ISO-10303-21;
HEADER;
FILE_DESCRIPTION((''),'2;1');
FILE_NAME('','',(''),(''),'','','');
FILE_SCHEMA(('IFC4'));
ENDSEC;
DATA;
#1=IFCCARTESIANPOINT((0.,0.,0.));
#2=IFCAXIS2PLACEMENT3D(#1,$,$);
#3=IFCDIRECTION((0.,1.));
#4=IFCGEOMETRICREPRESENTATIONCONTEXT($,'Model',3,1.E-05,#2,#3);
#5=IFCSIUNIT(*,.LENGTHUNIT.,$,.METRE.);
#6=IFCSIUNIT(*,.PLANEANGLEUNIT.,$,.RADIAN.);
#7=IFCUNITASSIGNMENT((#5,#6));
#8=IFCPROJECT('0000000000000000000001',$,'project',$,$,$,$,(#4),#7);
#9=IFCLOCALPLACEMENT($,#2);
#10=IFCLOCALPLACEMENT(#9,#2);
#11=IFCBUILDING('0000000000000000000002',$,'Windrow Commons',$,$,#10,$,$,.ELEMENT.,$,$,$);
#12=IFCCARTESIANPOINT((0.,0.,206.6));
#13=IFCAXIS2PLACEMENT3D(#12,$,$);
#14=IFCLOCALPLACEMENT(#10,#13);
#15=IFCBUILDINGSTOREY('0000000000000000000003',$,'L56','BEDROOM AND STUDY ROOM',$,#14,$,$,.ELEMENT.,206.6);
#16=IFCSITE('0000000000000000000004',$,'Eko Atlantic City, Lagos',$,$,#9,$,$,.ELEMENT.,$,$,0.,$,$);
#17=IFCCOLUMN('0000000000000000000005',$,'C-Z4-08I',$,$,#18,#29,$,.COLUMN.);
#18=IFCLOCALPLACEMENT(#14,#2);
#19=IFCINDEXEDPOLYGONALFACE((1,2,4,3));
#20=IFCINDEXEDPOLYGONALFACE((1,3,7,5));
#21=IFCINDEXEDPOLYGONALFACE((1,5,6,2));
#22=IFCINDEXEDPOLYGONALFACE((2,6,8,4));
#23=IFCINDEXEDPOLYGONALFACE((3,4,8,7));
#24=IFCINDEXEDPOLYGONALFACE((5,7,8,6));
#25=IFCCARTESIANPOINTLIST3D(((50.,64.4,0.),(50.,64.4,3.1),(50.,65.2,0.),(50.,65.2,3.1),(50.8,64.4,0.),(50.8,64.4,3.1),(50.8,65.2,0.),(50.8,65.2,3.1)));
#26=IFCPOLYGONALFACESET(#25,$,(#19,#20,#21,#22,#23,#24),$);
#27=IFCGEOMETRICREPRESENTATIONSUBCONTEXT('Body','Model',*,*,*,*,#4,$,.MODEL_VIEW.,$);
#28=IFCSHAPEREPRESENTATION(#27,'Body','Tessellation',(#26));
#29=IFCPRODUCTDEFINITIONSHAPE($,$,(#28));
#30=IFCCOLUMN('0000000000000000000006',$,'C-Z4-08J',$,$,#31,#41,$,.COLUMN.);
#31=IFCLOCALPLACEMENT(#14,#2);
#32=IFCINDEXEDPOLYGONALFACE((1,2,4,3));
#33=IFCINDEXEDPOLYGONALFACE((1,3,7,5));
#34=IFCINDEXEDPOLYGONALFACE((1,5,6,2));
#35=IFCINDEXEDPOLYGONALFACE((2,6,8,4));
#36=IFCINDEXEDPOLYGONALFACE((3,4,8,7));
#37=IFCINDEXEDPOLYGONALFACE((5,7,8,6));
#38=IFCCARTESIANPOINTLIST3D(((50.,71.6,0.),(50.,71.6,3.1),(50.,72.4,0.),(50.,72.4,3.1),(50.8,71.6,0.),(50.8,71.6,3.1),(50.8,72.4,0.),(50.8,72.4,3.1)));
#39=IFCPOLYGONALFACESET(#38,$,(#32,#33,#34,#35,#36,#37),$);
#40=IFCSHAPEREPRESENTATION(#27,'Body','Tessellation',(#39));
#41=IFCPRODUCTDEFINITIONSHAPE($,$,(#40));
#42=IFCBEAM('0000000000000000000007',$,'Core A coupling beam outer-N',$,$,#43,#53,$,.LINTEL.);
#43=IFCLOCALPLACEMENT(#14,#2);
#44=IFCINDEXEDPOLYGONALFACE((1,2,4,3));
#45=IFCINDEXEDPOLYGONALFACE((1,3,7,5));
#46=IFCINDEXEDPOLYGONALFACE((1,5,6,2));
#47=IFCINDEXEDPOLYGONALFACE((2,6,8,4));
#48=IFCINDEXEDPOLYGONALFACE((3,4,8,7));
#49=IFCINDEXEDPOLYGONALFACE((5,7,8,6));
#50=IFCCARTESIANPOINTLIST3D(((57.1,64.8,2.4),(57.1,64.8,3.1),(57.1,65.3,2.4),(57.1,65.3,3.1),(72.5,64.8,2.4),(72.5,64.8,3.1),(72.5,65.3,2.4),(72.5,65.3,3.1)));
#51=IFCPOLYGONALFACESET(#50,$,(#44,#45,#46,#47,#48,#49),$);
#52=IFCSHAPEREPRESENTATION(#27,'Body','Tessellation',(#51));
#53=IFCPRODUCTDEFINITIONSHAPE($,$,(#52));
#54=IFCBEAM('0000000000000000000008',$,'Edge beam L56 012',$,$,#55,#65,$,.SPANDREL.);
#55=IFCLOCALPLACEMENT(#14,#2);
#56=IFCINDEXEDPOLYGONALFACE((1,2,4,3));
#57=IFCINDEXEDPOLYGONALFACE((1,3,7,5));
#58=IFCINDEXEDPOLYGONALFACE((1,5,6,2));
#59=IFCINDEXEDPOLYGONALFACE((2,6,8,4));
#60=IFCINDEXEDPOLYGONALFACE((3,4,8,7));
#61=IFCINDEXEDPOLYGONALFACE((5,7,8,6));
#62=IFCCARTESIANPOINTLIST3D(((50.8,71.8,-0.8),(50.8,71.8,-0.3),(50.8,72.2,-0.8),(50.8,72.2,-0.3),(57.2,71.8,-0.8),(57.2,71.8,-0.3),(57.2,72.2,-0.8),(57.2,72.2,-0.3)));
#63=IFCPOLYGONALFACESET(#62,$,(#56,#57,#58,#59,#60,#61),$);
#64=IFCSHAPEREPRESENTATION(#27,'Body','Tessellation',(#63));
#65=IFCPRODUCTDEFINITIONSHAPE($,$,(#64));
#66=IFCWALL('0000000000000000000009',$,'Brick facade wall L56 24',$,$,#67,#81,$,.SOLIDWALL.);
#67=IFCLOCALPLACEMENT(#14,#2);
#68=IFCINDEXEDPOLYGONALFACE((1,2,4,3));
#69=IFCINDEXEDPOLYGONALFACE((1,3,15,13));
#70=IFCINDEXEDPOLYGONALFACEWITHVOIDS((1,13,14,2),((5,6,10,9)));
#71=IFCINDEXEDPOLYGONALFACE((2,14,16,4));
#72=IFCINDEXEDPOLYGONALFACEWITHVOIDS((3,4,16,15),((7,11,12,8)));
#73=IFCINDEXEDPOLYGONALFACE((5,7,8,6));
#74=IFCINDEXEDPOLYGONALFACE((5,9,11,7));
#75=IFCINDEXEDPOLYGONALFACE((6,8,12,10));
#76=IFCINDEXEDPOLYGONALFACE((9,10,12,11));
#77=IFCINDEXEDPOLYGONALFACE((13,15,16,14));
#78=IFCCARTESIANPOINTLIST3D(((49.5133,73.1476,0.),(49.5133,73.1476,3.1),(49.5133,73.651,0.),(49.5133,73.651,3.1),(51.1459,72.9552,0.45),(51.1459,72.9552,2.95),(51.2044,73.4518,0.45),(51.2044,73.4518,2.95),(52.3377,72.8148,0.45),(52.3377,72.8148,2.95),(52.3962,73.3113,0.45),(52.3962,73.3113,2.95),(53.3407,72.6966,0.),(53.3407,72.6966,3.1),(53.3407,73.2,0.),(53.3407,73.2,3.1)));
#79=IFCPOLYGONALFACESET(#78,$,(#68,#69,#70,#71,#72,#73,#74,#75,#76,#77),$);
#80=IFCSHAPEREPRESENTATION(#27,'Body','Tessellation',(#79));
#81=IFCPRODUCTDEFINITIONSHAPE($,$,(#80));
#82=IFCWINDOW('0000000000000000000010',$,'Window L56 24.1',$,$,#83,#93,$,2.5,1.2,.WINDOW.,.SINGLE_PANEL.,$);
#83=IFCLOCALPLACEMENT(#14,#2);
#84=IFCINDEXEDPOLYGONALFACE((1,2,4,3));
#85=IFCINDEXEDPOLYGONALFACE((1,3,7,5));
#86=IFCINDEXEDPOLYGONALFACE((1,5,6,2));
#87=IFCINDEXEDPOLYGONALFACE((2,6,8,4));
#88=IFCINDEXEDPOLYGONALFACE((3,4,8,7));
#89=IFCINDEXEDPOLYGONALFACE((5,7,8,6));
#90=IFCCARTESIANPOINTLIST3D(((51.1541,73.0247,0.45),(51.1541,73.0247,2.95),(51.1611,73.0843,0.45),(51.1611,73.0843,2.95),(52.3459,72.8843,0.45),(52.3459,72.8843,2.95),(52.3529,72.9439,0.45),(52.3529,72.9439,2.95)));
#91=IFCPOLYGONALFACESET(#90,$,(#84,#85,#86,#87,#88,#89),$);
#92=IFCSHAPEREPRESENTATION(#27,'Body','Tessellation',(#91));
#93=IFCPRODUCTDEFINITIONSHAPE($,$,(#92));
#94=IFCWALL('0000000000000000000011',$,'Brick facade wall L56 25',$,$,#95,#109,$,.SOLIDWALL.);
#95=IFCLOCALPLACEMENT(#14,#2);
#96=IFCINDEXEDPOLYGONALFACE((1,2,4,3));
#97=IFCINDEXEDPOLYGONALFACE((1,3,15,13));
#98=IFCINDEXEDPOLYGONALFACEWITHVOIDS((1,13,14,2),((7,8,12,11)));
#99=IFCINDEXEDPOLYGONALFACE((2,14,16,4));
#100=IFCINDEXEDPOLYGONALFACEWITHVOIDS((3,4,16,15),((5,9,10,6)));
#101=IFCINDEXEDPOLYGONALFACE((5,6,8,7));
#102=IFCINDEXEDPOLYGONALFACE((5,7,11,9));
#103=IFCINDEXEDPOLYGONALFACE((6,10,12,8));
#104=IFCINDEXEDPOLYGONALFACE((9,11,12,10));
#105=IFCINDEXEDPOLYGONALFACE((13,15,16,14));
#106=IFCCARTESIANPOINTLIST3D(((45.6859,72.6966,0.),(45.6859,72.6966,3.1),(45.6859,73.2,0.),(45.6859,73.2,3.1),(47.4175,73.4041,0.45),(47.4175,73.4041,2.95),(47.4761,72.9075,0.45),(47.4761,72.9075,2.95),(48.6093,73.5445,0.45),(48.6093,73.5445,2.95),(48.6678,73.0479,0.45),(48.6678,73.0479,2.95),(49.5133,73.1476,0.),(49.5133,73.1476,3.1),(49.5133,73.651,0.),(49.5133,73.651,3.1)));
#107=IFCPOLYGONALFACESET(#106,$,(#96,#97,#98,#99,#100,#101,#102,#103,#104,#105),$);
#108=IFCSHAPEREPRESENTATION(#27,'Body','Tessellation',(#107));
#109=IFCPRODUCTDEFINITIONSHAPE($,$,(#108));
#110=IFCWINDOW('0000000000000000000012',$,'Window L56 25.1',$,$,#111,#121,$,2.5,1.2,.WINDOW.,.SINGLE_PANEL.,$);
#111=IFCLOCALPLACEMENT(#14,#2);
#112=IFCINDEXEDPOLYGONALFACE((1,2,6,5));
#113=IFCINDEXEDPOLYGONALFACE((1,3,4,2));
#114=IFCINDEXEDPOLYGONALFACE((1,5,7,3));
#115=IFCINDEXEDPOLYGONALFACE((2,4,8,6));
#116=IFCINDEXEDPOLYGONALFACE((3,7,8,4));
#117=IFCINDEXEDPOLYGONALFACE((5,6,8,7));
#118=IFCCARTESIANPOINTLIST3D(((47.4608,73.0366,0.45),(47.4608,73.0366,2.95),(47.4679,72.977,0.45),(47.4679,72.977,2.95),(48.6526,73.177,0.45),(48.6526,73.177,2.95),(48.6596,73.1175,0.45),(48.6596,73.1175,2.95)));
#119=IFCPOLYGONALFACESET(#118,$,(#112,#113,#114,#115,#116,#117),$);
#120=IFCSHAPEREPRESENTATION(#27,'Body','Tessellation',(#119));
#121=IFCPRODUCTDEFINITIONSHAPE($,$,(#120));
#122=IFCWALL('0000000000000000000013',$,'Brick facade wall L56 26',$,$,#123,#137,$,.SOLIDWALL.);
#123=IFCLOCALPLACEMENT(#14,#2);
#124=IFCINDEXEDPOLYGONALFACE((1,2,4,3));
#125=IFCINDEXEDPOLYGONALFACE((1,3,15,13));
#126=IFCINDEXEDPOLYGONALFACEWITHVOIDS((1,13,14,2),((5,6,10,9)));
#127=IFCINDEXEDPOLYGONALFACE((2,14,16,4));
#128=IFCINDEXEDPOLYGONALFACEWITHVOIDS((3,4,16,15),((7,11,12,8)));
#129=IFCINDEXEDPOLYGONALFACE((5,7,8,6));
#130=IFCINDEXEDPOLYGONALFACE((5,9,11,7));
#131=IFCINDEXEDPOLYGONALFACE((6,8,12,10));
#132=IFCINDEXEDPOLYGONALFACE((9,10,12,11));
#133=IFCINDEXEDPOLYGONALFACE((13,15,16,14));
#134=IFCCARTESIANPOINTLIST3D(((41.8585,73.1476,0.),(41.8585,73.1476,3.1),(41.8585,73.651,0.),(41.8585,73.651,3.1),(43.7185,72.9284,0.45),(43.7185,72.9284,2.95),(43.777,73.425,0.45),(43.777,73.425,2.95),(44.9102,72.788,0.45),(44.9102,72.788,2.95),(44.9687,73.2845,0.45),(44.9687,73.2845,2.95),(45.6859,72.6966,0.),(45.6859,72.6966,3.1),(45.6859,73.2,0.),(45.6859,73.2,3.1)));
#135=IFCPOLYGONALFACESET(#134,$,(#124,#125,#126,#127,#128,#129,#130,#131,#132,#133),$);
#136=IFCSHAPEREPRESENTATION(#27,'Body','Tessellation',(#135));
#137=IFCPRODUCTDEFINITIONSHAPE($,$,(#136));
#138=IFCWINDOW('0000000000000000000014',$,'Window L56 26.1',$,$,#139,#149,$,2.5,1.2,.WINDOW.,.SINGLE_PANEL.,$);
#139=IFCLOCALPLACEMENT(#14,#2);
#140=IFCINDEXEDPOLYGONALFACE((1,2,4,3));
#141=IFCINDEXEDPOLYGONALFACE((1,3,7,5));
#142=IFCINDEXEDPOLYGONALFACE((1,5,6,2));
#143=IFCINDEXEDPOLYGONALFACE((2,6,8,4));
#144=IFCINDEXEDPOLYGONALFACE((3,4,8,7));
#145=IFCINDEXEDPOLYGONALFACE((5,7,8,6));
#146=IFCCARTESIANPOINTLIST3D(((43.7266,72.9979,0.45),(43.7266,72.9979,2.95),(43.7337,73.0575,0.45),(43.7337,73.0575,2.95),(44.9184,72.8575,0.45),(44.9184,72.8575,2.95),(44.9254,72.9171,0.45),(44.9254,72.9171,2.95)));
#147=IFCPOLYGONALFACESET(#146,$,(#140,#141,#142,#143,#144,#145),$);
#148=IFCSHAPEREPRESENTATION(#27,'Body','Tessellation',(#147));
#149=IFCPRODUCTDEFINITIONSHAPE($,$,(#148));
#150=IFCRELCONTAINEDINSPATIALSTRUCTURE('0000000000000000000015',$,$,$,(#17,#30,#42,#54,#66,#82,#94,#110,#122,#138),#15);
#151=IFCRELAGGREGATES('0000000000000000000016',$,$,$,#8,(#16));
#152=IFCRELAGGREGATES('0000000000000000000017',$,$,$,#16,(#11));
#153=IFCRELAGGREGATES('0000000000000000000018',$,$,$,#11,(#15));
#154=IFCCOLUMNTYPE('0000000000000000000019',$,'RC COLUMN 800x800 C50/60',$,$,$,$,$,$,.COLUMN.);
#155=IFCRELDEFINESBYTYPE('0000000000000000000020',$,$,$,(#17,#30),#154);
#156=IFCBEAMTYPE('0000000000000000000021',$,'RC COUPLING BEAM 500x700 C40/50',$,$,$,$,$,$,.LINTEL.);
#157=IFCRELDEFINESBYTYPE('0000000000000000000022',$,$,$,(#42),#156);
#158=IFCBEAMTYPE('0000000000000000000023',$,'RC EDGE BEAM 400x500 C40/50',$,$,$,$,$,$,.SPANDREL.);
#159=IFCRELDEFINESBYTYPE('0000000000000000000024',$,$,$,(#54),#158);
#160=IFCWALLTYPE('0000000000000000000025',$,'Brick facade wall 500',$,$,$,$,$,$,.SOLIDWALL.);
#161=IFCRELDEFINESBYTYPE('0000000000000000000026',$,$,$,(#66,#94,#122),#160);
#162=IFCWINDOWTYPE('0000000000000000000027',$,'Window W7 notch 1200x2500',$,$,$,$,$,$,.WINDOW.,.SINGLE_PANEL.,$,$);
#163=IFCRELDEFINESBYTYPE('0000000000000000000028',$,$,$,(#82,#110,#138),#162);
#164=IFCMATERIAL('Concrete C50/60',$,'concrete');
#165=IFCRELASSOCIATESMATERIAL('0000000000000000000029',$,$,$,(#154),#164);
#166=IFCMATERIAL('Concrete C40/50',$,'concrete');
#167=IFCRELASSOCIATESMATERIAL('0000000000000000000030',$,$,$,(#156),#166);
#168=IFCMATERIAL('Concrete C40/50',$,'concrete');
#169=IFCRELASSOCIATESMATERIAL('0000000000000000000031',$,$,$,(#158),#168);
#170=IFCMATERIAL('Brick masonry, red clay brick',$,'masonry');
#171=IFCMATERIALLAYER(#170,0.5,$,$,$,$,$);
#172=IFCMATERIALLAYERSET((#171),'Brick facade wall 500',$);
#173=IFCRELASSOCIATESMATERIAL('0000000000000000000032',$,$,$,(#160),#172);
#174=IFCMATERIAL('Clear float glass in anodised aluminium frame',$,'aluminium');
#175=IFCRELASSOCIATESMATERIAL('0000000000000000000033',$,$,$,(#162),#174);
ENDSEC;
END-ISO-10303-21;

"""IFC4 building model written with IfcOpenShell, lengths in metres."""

from ifc_helpers import new_model, si_unit, direction, frame, frame_2d, origin, origin_2d, place, context, subcontext, project, spatial, polyline, rectangle, outline, extrude, material, layer, layer_set, material_profile, profile_set, type_object, element, fill, save


model = new_model("IFC4")

# Units and contexts
model_context = context("Model", 3, precision=1e-05, world=origin(), true_north=direction((0.0, 1.0)))
body_context = subcontext(model_context, "Body", "Model", "MODEL_VIEW")
ifc_project = project(units=[si_unit("LENGTHUNIT", "METRE"), si_unit("PLANEANGLEUNIT", "RADIAN")], contexts=[model_context])

# Site, building, storey
site_placement = place(None, origin())
site = spatial("IfcSite", under=ifc_project, at=site_placement, Name="Eko Atlantic City, Lagos", CompositionType="ELEMENT", RefElevation=0.0)
building_placement = place(site_placement, origin())
building = spatial("IfcBuilding", under=site, at=building_placement, Name="Windrow Commons", CompositionType="ELEMENT")
storey_placement = place(building_placement, frame((0.0, 0.0, 206.6)))
storey = spatial("IfcBuildingStorey", under=building, at=storey_placement, Name="L56", Description="BEDROOM AND STUDY ROOM", CompositionType="ELEMENT", Elevation=206.6)

# Columns
ifc_material_1 = material(Name="Concrete C50/60", Category="concrete")
ifc_material_profile_1 = material_profile(ifc_material_1, rectangle(XDim=0.8, YDim=0.8, at=origin_2d()))
ifc_profile_set_1 = profile_set([ifc_material_profile_1], Name="Concrete C50/60")
column_type = type_object("IfcColumnType", Name="RC COLUMN 800x800 C50/60", PredefinedType="COLUMN", material=ifc_profile_set_1)
for number, where, z_axis, x_axis, name in (
    (1, (50.4, 64.8, 0.0), (0.0, 0.0, 1.0), (1.0, 0.0, 0.0), "C-Z4-08I"),
    (2, (50.4, 72.0, 0.0), (0.0, 0.0, 1.0), (1.0, 0.0, 0.0), "C-Z4-08J"),
):
    element("IfcColumn", number, at=place(storey_placement, frame(where, z_axis=z_axis, x_axis=x_axis)), inside=storey, type_object=column_type, Name=name, PredefinedType="COLUMN", context=body_context, shape_type="SweptSolid", body=[
        extrude(rectangle(XDim=0.8, YDim=0.8, at=origin_2d()), origin(), (0.0, 0.0, 1.0), 3.1),
    ])

# Beams
ifc_material_2 = material(Name="Concrete C40/50", Category="concrete")
ifc_material_profile_2 = material_profile(ifc_material_2, rectangle(XDim=0.5, YDim=0.7, at=origin_2d()))
ifc_profile_set_2 = profile_set([ifc_material_profile_2], Name="Concrete C40/50")
beam_type_1 = type_object("IfcBeamType", Name="RC COUPLING BEAM 500x700 C40/50", PredefinedType="LINTEL", material=ifc_profile_set_2)
beam_1_placement = place(storey_placement, frame((57.1, 65.05, 2.75), z_axis=(1.0, 0.0, 0.0), x_axis=(0.0, 1.0, 0.0)))
element("IfcBeam", 3, at=beam_1_placement, inside=storey, type_object=beam_type_1, Name="Core A coupling beam outer-N", PredefinedType="LINTEL", context=body_context, shape_type="SweptSolid", body=[
    extrude(rectangle(XDim=0.5, YDim=0.7, at=origin_2d()), origin(), (0.0, 0.0, 1.0), 15.4),
])
ifc_material_3 = material(Name="Concrete C40/50", Category="concrete")
ifc_material_profile_3 = material_profile(ifc_material_3, rectangle(XDim=0.4, YDim=0.5, at=origin_2d()))
ifc_profile_set_3 = profile_set([ifc_material_profile_3], Name="Concrete C40/50")
beam_type_2 = type_object("IfcBeamType", Name="RC EDGE BEAM 400x500 C40/50", PredefinedType="SPANDREL", material=ifc_profile_set_3)
beam_2_placement = place(storey_placement, frame((50.8, 72.0, -0.55), z_axis=(1.0, 0.0, 0.0), x_axis=(0.0, 1.0, 0.0)))
element("IfcBeam", 4, at=beam_2_placement, inside=storey, type_object=beam_type_2, Name="Edge beam L56 012", PredefinedType="SPANDREL", context=body_context, shape_type="SweptSolid", body=[
    extrude(rectangle(XDim=0.4, YDim=0.5, at=origin_2d()), origin(), (0.0, 0.0, 1.0), 6.4),
])

# Walls, openings, windows
ifc_material_4 = material(Name="Brick masonry, red clay brick", Category="masonry")
ifc_layer_1 = layer(ifc_material_4, 0.5)
ifc_layer_set_1 = layer_set([ifc_layer_1], Name="Brick facade wall 500")
wall_type_1 = type_object("IfcWallType", Name="Brick facade wall 500", PredefinedType="SOLIDWALL", material=ifc_layer_set_1)
wall_1_placement = place(storey_placement, frame((53.3407, 72.9483, 0.0), z_axis=(0.0, 0.0, 1.0), x_axis=(-0.993129, 0.117025, 0.0)))
wall_1 = element("IfcWall", 5, at=wall_1_placement, inside=storey, type_object=wall_type_1, Name="Brick facade wall L56 24", PredefinedType="SOLIDWALL", context=body_context, shape_type="SweptSolid", body=[
    extrude(outline(polyline([(0.0295, -0.25), (3.8833, -0.25), (3.8244, 0.25), (-0.0295, 0.25), (0.0295, -0.25)])), origin(), (0.0, 0.0, 1.0), 3.1),
])
opening_1_placement = place(wall_1_placement, frame((0.9805, 0.0, 0.45)))
opening_1 = element("IfcOpeningElement", 6, at=opening_1_placement, cuts=wall_1, PredefinedType="OPENING", context=body_context, shape_type="SweptSolid", body=[
    extrude(rectangle(XDim=1.2, YDim=2.5, at=frame_2d((0.6, 1.25))), frame((0.0, 0.26, 0.0), z_axis=(0.0, -1.0, 0.0), x_axis=(1.0, 0.0, 0.0)), (0.0, 0.0, 1.0), 0.52),
])
ifc_material_5 = material(Name="Clear float glass in anodised aluminium frame", Category="aluminium")
window_type = type_object("IfcWindowType", Name="Window W7 notch 1200x2500", PartitioningType="SINGLE_PANEL", PredefinedType="WINDOW", material=ifc_material_5)
window_1_placement = place(opening_1_placement, origin())
window_1 = element("IfcWindow", 7, at=window_1_placement, inside=storey, type_object=window_type, Name="Window L56 24.1", OverallHeight=2.5, OverallWidth=1.2, PartitioningType="SINGLE_PANEL", PredefinedType="WINDOW", context=body_context, shape_type="SweptSolid", body=[
    extrude(rectangle(XDim=1.2, YDim=2.5, at=frame_2d((0.6, 1.25))), frame((0.0, 0.18, 0.0), z_axis=(0.0, -1.0, 0.0), x_axis=(1.0, 0.0, 0.0)), (0.0, 0.0, 1.0), 0.06),
])
fill(opening_1, window_1)
wall_2_placement = place(storey_placement, frame((49.5133, 73.3993, 0.0), z_axis=(0.0, 0.0, 1.0), x_axis=(-0.993129, -0.117025, 0.0)))
wall_2 = element("IfcWall", 8, at=wall_2_placement, inside=storey, type_object=wall_type_1, Name="Brick facade wall L56 25", PredefinedType="SOLIDWALL", context=body_context, shape_type="SweptSolid", body=[
    extrude(outline(polyline([(-0.0295, -0.25), (3.8244, -0.25), (3.8833, 0.25), (0.0295, 0.25), (-0.0295, -0.25)])), origin(), (0.0, 0.0, 1.0), 3.1),
])
opening_2_placement = place(wall_2_placement, frame((0.8808, 0.0, 0.45)))
opening_2 = element("IfcOpeningElement", 9, at=opening_2_placement, cuts=wall_2, PredefinedType="OPENING", context=body_context, shape_type="SweptSolid", body=[
    extrude(rectangle(XDim=1.2, YDim=2.5, at=frame_2d((0.6, 1.25))), frame((0.0, 0.26, 0.0), z_axis=(0.0, -1.0, 0.0), x_axis=(1.0, 0.0, 0.0)), (0.0, 0.0, 1.0), 0.52),
])
window_2_placement = place(opening_2_placement, origin())
window_2 = element("IfcWindow", 10, at=window_2_placement, inside=storey, type_object=window_type, Name="Window L56 25.1", OverallHeight=2.5, OverallWidth=1.2, PartitioningType="SINGLE_PANEL", PredefinedType="WINDOW", context=body_context, shape_type="SweptSolid", body=[
    extrude(rectangle(XDim=1.2, YDim=2.5, at=frame_2d((0.6, 1.25))), frame((0.0, 0.18, 0.0), z_axis=(0.0, -1.0, 0.0), x_axis=(1.0, 0.0, 0.0)), (0.0, 0.0, 1.0), 0.06),
])
fill(opening_2, window_2)
wall_3_placement = place(storey_placement, frame((45.6859, 72.9483, 0.0), z_axis=(0.0, 0.0, 1.0), x_axis=(-0.993129, 0.117028, 0.0)))
wall_3 = element("IfcWall", 11, at=wall_3_placement, inside=storey, type_object=wall_type_1, Name="Brick facade wall L56 26", PredefinedType="SOLIDWALL", context=body_context, shape_type="SweptSolid", body=[
    extrude(outline(polyline([(0.0295, -0.25), (3.8833, -0.25), (3.8244, 0.25), (-0.0295, 0.25), (0.0295, -0.25)])), origin(), (0.0, 0.0, 1.0), 3.1),
])
opening_3_placement = place(wall_3_placement, frame((0.7516, 0.0, 0.45)))
opening_3 = element("IfcOpeningElement", 12, at=opening_3_placement, cuts=wall_3, PredefinedType="OPENING", context=body_context, shape_type="SweptSolid", body=[
    extrude(rectangle(XDim=1.2, YDim=2.5, at=frame_2d((0.6, 1.25))), frame((0.0, 0.26, 0.0), z_axis=(0.0, -1.0, 0.0), x_axis=(1.0, 0.0, 0.0)), (0.0, 0.0, 1.0), 0.52),
])
window_3_placement = place(opening_3_placement, origin())
window_3 = element("IfcWindow", 13, at=window_3_placement, inside=storey, type_object=window_type, Name="Window L56 26.1", OverallHeight=2.5, OverallWidth=1.2, PartitioningType="SINGLE_PANEL", PredefinedType="WINDOW", context=body_context, shape_type="SweptSolid", body=[
    extrude(rectangle(XDim=1.2, YDim=2.5, at=frame_2d((0.6, 1.25))), frame((0.0, 0.18, 0.0), z_axis=(0.0, -1.0, 0.0), x_axis=(1.0, 0.0, 0.0)), (0.0, 0.0, 1.0), 0.06),
])
fill(opening_3, window_3)

save(model, "model.ifc")
